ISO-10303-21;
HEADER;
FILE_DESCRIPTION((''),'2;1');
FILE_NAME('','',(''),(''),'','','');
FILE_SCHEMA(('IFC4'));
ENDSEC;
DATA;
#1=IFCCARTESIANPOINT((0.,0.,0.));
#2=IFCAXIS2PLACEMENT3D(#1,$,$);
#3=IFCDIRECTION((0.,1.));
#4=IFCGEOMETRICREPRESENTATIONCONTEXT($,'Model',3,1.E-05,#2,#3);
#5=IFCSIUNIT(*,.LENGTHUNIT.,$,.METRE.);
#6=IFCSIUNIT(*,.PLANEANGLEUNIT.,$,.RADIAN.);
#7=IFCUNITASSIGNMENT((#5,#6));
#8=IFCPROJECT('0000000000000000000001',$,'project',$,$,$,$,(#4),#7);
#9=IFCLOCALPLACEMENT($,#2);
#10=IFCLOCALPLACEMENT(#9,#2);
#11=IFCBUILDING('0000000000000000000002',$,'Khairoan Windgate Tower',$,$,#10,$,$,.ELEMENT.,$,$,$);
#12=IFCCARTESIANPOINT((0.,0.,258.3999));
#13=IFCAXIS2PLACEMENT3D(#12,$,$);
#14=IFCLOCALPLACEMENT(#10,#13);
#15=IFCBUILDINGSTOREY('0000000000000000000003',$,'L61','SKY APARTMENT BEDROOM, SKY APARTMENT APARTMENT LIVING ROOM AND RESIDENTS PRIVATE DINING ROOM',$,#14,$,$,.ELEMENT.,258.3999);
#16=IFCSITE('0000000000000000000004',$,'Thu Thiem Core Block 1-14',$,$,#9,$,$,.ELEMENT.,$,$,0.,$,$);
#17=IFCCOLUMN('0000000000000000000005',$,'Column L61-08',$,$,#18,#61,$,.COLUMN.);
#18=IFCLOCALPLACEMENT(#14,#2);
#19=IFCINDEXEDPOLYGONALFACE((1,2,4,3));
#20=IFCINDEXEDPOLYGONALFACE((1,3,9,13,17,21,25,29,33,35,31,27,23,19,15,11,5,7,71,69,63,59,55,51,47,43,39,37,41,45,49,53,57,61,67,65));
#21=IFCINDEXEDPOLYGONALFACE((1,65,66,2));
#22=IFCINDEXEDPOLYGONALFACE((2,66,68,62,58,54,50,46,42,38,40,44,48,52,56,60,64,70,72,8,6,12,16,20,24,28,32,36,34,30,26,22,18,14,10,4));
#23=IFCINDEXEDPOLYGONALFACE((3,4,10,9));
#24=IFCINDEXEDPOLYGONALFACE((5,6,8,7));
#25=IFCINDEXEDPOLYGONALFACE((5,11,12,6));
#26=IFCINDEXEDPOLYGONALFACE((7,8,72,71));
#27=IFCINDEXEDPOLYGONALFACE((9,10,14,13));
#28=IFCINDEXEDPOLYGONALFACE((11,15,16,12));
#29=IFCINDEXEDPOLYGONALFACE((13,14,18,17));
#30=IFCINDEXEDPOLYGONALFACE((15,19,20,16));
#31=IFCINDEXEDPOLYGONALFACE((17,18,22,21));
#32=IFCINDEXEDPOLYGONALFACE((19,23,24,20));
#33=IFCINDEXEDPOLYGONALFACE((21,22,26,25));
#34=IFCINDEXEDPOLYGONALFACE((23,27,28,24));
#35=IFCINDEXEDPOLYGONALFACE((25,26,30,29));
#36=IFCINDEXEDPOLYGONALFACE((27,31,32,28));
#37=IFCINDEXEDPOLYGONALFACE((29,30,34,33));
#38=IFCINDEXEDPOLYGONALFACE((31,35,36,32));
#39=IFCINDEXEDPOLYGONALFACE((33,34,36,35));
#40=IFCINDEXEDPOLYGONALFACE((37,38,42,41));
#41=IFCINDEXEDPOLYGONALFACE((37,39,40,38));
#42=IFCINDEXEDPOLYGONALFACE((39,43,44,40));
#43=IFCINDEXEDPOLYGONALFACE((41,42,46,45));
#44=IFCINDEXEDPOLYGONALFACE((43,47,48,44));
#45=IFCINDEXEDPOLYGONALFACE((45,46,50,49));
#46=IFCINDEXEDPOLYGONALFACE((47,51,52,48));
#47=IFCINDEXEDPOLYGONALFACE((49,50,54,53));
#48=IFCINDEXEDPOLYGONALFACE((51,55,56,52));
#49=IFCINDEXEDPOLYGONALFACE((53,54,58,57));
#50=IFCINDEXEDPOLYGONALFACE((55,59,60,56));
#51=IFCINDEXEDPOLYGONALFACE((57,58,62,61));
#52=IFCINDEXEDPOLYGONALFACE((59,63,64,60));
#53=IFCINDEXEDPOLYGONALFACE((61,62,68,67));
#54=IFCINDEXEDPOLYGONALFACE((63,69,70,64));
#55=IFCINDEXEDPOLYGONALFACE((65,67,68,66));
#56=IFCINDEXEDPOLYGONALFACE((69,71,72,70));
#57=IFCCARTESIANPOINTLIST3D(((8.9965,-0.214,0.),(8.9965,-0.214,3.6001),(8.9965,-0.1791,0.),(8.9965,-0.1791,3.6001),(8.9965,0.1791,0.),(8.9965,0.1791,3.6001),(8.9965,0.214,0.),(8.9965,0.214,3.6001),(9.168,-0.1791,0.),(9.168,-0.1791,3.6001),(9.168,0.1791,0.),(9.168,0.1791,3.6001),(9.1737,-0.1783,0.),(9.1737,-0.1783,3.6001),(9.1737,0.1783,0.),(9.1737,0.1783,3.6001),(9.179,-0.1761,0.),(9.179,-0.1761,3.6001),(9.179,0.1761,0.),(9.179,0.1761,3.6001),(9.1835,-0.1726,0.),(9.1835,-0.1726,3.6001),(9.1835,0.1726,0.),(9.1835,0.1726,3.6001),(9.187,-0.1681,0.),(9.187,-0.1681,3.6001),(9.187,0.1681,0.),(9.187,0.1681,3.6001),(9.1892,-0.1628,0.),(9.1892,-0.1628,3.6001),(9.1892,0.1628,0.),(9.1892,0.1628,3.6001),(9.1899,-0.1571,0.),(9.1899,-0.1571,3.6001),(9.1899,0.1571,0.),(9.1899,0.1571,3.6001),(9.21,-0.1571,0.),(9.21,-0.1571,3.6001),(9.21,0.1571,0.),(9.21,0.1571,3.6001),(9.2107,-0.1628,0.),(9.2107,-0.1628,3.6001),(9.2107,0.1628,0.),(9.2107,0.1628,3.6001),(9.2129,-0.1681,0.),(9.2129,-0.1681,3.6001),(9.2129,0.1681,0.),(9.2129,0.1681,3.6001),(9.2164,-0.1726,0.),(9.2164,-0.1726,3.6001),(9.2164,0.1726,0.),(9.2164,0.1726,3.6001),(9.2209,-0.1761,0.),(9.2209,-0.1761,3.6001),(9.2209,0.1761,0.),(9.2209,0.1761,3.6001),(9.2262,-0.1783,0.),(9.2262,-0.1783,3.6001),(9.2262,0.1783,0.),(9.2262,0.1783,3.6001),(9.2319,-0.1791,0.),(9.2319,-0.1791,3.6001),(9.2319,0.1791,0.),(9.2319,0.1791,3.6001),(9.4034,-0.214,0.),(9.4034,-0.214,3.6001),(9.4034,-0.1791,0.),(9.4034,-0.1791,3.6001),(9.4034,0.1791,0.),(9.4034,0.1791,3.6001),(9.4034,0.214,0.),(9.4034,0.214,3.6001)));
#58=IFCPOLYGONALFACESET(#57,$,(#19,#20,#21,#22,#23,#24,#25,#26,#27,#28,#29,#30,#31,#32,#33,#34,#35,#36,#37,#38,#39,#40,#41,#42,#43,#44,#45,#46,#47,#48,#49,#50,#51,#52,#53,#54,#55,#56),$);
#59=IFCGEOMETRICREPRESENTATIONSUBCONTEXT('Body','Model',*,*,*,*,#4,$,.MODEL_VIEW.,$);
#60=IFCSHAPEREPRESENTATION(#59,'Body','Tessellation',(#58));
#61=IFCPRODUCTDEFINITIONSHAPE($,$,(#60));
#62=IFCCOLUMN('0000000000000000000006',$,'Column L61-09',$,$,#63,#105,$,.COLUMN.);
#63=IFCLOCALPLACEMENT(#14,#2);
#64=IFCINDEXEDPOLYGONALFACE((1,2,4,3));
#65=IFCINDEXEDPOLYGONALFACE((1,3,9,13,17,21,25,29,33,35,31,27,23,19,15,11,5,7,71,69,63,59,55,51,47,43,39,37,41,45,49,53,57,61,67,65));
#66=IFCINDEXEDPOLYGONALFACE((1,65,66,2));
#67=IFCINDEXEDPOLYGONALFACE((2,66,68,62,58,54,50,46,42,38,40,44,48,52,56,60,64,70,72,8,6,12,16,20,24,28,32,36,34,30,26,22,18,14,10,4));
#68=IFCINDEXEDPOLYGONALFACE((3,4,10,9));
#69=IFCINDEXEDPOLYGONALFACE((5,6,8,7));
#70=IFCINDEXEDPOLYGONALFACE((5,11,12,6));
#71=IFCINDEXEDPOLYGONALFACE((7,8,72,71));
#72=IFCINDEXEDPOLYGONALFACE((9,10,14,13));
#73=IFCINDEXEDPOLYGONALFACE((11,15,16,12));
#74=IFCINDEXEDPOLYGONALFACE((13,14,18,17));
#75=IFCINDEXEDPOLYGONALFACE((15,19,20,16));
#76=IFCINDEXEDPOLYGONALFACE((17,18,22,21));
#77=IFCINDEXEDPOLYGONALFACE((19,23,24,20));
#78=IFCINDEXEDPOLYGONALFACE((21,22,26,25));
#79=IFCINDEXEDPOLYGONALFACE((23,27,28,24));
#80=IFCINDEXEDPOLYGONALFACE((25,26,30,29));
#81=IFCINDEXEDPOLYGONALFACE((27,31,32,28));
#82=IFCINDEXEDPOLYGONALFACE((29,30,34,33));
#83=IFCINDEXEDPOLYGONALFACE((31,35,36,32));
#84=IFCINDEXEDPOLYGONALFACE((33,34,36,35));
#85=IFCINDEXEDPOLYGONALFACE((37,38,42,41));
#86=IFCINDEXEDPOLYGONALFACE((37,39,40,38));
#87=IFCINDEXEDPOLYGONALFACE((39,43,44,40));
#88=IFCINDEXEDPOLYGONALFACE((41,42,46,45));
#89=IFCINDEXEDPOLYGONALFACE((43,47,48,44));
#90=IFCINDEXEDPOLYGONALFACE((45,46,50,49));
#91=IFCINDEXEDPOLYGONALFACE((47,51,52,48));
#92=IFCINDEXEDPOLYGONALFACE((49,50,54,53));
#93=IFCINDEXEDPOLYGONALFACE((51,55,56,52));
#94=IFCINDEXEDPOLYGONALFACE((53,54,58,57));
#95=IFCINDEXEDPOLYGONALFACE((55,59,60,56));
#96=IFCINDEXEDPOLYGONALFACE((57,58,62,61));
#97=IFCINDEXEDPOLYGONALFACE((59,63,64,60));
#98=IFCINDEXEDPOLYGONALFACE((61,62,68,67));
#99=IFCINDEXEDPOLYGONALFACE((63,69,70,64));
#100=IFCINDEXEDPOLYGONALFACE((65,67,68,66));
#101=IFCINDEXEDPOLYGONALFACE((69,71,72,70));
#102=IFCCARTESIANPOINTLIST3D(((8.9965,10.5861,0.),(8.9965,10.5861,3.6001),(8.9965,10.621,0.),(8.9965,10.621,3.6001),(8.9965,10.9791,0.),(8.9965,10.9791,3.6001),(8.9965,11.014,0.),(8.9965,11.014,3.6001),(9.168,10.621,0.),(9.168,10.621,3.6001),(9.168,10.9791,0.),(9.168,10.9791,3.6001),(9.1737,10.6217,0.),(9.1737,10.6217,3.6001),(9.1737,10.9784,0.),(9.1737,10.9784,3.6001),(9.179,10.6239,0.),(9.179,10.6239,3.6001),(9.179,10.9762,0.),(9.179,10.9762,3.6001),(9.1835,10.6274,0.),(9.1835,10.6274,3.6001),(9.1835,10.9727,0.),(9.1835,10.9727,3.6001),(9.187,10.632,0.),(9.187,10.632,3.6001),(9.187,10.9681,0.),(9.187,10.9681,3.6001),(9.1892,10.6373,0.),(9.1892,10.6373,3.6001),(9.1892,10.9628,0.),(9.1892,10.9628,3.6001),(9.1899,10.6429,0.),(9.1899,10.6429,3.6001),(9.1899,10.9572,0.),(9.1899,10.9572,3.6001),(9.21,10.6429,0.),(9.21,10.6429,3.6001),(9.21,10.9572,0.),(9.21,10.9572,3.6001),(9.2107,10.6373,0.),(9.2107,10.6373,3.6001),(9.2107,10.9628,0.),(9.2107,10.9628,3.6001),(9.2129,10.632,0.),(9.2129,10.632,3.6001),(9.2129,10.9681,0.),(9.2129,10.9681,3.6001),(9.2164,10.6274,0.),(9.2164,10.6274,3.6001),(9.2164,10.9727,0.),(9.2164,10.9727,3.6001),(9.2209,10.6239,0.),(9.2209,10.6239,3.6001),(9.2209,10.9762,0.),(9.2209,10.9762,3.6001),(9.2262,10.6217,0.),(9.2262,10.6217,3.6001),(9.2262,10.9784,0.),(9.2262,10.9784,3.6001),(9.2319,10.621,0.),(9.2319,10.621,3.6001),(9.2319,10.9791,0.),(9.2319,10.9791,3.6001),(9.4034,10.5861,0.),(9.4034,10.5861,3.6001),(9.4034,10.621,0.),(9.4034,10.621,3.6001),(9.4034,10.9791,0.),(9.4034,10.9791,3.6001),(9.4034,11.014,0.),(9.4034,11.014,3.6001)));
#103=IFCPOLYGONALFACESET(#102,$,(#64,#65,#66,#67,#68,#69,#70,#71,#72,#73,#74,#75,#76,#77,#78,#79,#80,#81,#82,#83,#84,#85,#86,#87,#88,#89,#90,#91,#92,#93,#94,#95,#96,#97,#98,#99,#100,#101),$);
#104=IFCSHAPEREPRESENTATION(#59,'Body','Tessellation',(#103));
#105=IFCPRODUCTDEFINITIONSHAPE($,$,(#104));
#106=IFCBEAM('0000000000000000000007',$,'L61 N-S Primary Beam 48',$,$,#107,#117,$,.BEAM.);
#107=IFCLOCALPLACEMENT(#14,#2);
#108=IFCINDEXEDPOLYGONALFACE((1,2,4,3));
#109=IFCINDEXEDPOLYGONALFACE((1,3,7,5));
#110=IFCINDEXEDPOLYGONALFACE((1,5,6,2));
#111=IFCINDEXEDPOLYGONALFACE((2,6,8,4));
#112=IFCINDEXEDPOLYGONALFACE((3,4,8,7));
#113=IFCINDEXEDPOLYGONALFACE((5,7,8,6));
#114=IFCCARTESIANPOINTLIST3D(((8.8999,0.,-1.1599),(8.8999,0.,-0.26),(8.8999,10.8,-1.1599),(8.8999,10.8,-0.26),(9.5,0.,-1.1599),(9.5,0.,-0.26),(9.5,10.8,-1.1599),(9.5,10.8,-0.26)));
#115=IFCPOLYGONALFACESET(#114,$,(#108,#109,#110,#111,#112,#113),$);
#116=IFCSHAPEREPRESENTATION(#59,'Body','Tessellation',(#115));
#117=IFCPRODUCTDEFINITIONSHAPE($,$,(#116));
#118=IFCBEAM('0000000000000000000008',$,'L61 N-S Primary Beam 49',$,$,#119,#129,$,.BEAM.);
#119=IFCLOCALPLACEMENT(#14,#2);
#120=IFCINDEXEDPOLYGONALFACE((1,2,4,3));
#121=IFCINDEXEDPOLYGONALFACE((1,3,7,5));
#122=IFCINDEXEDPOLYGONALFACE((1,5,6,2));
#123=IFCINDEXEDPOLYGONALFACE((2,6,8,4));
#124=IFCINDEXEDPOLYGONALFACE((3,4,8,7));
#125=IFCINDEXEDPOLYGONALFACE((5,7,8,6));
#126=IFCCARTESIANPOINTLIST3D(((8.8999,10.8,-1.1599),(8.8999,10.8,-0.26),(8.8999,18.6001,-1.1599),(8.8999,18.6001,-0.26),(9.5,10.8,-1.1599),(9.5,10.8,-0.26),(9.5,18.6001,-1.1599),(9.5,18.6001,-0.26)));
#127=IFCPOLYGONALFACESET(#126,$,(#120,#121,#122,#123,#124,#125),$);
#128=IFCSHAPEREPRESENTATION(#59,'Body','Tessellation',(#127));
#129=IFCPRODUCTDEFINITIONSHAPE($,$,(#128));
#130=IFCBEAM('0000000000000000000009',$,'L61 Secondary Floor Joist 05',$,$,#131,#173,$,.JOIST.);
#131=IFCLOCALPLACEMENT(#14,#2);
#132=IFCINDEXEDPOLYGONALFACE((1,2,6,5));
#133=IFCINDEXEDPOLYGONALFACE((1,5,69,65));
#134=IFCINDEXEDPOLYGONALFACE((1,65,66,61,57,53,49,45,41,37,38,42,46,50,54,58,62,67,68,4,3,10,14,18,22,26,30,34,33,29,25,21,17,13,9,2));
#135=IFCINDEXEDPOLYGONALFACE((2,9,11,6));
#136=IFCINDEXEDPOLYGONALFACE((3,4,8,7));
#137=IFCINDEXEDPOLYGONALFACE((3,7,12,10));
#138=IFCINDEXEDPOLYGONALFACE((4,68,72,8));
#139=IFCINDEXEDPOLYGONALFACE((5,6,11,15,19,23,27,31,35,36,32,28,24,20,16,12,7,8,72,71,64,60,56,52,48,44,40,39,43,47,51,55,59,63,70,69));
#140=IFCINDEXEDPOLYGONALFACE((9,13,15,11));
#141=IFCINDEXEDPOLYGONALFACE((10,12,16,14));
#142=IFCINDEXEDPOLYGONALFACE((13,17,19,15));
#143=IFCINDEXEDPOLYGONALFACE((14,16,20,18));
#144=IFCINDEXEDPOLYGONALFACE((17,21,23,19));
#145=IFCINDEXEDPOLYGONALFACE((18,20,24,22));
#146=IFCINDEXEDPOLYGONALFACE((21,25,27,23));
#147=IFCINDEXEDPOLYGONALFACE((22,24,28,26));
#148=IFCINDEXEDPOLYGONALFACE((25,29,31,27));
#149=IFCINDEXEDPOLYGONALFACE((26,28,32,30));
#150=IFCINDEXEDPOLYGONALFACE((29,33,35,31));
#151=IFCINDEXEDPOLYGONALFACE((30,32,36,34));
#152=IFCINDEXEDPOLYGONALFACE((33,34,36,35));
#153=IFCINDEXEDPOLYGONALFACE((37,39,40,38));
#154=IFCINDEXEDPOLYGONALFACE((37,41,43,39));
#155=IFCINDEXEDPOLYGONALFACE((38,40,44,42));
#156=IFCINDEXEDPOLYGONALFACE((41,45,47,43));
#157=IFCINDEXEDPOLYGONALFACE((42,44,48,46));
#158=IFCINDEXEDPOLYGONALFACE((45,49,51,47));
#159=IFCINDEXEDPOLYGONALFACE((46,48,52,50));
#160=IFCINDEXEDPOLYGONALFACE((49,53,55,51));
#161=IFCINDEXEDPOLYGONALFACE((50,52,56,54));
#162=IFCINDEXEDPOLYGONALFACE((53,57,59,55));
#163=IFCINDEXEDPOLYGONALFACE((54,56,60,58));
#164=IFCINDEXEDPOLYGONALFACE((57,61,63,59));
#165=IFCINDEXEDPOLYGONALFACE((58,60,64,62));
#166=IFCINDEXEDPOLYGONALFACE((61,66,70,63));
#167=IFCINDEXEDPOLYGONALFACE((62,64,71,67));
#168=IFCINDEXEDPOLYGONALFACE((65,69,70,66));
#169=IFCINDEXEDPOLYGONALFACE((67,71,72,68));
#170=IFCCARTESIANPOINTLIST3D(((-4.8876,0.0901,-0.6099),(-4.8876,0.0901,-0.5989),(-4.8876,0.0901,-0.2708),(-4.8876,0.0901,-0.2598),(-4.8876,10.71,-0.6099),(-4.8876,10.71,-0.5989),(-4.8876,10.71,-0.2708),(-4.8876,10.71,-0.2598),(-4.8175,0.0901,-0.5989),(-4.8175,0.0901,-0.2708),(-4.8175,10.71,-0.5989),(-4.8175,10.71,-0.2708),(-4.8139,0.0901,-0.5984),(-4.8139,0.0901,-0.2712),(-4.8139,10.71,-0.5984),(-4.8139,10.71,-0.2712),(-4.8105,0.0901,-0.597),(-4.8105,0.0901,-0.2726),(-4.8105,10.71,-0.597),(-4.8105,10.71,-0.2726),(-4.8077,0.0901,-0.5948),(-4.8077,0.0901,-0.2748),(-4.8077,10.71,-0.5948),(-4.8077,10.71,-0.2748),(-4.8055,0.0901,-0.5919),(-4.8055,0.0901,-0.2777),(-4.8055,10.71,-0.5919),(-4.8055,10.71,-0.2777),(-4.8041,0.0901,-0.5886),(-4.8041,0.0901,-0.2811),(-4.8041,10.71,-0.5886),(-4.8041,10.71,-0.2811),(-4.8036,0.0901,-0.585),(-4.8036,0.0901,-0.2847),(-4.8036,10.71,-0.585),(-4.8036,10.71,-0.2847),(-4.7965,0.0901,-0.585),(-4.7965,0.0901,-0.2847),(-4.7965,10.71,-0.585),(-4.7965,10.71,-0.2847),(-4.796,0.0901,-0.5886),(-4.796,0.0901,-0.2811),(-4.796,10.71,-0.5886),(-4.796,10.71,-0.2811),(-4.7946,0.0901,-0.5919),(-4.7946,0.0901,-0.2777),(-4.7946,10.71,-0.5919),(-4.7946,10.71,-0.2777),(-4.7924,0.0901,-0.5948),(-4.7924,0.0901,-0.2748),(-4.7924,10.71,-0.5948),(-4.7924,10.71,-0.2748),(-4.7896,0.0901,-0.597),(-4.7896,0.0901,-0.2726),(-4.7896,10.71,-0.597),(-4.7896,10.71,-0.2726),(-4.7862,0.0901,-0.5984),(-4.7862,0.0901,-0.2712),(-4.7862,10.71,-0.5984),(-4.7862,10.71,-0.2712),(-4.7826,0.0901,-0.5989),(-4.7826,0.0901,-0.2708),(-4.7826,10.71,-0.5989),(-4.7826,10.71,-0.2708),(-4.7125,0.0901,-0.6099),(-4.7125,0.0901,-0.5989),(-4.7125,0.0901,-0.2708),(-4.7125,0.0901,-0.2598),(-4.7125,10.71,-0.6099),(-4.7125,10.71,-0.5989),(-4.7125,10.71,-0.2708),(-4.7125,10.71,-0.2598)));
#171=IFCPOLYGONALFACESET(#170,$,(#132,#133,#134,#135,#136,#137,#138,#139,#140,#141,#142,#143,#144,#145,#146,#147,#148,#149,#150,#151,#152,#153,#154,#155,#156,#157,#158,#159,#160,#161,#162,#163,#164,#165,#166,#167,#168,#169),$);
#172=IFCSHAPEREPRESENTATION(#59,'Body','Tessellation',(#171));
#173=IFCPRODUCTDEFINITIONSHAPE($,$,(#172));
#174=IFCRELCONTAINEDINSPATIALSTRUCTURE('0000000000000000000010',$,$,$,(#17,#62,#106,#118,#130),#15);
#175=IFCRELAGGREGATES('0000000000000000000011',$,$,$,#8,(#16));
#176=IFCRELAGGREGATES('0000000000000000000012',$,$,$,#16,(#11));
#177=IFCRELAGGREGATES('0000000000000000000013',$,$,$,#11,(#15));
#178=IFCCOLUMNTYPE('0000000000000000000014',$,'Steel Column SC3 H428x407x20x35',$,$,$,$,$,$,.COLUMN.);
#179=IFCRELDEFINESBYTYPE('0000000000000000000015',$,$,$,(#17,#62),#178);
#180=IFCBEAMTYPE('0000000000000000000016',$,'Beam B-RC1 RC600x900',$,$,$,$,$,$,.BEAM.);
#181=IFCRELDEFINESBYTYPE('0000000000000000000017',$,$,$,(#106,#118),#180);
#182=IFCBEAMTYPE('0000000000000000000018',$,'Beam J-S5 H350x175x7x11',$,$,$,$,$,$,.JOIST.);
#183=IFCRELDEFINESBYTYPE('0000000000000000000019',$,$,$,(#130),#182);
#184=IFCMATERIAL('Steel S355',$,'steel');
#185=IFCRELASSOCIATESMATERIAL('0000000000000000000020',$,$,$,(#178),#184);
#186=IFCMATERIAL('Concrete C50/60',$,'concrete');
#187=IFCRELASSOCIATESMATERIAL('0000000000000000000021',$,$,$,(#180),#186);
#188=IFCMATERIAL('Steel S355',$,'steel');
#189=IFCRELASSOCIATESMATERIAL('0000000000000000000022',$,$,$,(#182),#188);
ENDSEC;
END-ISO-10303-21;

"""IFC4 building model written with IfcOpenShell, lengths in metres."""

from ifc_helpers import new_model, si_unit, direction, frame, origin, origin_2d, place, context, subcontext, project, spatial, rectangle, i_section, extrude, material, material_profile, profile_set, type_object, element, save


model = new_model("IFC4")

# Units and contexts
model_context = context("Model", 3, precision=1e-05, world=origin(), true_north=direction((0.0, 1.0)))
body_context = subcontext(model_context, "Body", "Model", "MODEL_VIEW")
ifc_project = project(units=[si_unit("LENGTHUNIT", "METRE"), si_unit("PLANEANGLEUNIT", "RADIAN")], contexts=[model_context])

# Site, building, storey
site_placement = place(None, origin())
site = spatial("IfcSite", under=ifc_project, at=site_placement, Name="Thu Thiem Core Block 1-14", CompositionType="ELEMENT", RefElevation=0.0)
building_placement = place(site_placement, origin())
building = spatial("IfcBuilding", under=site, at=building_placement, Name="Khairoan Windgate Tower", CompositionType="ELEMENT")
storey_placement = place(building_placement, frame((0.0, 0.0, 258.3999)))
storey = spatial("IfcBuildingStorey", under=building, at=storey_placement, Name="L61", Description="SKY APARTMENT BEDROOM, SKY APARTMENT APARTMENT LIVING ROOM AND RESIDENTS PRIVATE DINING ROOM", CompositionType="ELEMENT", Elevation=258.3999)

# Columns
ifc_material_1 = material(Name="Steel S355", Category="steel")
ifc_material_profile_1 = material_profile(ifc_material_1, i_section(OverallWidth=0.407, OverallDepth=0.428, WebThickness=0.02, FlangeThickness=0.0349, FilletRadius=0.022, at=origin_2d()))
ifc_profile_set_1 = profile_set([ifc_material_profile_1], Name="Steel S355")
column_type = type_object("IfcColumnType", Name="Steel Column SC3 H428x407x20x35", PredefinedType="COLUMN", material=ifc_profile_set_1)
for number, where, z_axis, x_axis, name in (
    (1, (9.2, 0.0, 0.0), (0.0, 0.0, 1.0), (1.0, 0.0, 0.0), "Column L61-08"),
    (2, (9.2, 10.8, 0.0), (0.0, 0.0, 1.0), (1.0, 0.0, 0.0), "Column L61-09"),
):
    element("IfcColumn", number, at=place(storey_placement, frame(where, z_axis=z_axis, x_axis=x_axis)), inside=storey, type_object=column_type, Name=name, PredefinedType="COLUMN", context=body_context, shape_type="SweptSolid", body=[
        extrude(i_section(OverallWidth=0.407, OverallDepth=0.428, WebThickness=0.02, FlangeThickness=0.0349, FilletRadius=0.022, at=origin_2d()), origin(), (0.0, 0.0, 1.0), 3.6001),
    ])

# Beams
ifc_material_2 = material(Name="Concrete C50/60", Category="concrete")
ifc_material_profile_2 = material_profile(ifc_material_2, rectangle(XDim=0.6001, YDim=0.8999, at=origin_2d()))
ifc_profile_set_2 = profile_set([ifc_material_profile_2], Name="Concrete C50/60")
beam_type_1 = type_object("IfcBeamType", Name="Beam B-RC1 RC600x900", PredefinedType="BEAM", material=ifc_profile_set_2)
beam_1_placement = place(storey_placement, frame((9.2, 0.0, -0.71), z_axis=(0.0, 1.0, 0.0), x_axis=(-1.0, 0.0, 0.0)))
element("IfcBeam", 3, at=beam_1_placement, inside=storey, type_object=beam_type_1, Name="L61 N-S Primary Beam 48", PredefinedType="BEAM", context=body_context, shape_type="SweptSolid", body=[
    extrude(rectangle(XDim=0.6001, YDim=0.8999, at=origin_2d()), origin(), (0.0, 0.0, 1.0), 10.8),
])
beam_2_placement = place(storey_placement, frame((9.2, 10.8, -0.71), z_axis=(0.0, 1.0, 0.0), x_axis=(-1.0, 0.0, 0.0)))
element("IfcBeam", 4, at=beam_2_placement, inside=storey, type_object=beam_type_1, Name="L61 N-S Primary Beam 49", PredefinedType="BEAM", context=body_context, shape_type="SweptSolid", body=[
    extrude(rectangle(XDim=0.6001, YDim=0.8999, at=origin_2d()), origin(), (0.0, 0.0, 1.0), 7.8),
])
ifc_material_3 = material(Name="Steel S355", Category="steel")
ifc_material_profile_3 = material_profile(ifc_material_3, i_section(OverallWidth=0.175, OverallDepth=0.3501, WebThickness=0.0071, FlangeThickness=0.011, FilletRadius=0.0139, at=origin_2d()))
ifc_profile_set_3 = profile_set([ifc_material_profile_3], Name="Steel S355")
beam_type_2 = type_object("IfcBeamType", Name="Beam J-S5 H350x175x7x11", PredefinedType="JOIST", material=ifc_profile_set_3)
beam_3_placement = place(storey_placement, frame((-4.8, 0.0901, -0.4348), z_axis=(0.0, 1.0, 0.0), x_axis=(-1.0, 0.0, 0.0)))
element("IfcBeam", 5, at=beam_3_placement, inside=storey, type_object=beam_type_2, Name="L61 Secondary Floor Joist 05", PredefinedType="JOIST", context=body_context, shape_type="SweptSolid", body=[
    extrude(i_section(OverallWidth=0.175, OverallDepth=0.3501, WebThickness=0.0071, FlangeThickness=0.011, FilletRadius=0.0139, at=origin_2d()), origin(), (0.0, 0.0, 1.0), 10.6199),
])

save(model, "model.ifc")
